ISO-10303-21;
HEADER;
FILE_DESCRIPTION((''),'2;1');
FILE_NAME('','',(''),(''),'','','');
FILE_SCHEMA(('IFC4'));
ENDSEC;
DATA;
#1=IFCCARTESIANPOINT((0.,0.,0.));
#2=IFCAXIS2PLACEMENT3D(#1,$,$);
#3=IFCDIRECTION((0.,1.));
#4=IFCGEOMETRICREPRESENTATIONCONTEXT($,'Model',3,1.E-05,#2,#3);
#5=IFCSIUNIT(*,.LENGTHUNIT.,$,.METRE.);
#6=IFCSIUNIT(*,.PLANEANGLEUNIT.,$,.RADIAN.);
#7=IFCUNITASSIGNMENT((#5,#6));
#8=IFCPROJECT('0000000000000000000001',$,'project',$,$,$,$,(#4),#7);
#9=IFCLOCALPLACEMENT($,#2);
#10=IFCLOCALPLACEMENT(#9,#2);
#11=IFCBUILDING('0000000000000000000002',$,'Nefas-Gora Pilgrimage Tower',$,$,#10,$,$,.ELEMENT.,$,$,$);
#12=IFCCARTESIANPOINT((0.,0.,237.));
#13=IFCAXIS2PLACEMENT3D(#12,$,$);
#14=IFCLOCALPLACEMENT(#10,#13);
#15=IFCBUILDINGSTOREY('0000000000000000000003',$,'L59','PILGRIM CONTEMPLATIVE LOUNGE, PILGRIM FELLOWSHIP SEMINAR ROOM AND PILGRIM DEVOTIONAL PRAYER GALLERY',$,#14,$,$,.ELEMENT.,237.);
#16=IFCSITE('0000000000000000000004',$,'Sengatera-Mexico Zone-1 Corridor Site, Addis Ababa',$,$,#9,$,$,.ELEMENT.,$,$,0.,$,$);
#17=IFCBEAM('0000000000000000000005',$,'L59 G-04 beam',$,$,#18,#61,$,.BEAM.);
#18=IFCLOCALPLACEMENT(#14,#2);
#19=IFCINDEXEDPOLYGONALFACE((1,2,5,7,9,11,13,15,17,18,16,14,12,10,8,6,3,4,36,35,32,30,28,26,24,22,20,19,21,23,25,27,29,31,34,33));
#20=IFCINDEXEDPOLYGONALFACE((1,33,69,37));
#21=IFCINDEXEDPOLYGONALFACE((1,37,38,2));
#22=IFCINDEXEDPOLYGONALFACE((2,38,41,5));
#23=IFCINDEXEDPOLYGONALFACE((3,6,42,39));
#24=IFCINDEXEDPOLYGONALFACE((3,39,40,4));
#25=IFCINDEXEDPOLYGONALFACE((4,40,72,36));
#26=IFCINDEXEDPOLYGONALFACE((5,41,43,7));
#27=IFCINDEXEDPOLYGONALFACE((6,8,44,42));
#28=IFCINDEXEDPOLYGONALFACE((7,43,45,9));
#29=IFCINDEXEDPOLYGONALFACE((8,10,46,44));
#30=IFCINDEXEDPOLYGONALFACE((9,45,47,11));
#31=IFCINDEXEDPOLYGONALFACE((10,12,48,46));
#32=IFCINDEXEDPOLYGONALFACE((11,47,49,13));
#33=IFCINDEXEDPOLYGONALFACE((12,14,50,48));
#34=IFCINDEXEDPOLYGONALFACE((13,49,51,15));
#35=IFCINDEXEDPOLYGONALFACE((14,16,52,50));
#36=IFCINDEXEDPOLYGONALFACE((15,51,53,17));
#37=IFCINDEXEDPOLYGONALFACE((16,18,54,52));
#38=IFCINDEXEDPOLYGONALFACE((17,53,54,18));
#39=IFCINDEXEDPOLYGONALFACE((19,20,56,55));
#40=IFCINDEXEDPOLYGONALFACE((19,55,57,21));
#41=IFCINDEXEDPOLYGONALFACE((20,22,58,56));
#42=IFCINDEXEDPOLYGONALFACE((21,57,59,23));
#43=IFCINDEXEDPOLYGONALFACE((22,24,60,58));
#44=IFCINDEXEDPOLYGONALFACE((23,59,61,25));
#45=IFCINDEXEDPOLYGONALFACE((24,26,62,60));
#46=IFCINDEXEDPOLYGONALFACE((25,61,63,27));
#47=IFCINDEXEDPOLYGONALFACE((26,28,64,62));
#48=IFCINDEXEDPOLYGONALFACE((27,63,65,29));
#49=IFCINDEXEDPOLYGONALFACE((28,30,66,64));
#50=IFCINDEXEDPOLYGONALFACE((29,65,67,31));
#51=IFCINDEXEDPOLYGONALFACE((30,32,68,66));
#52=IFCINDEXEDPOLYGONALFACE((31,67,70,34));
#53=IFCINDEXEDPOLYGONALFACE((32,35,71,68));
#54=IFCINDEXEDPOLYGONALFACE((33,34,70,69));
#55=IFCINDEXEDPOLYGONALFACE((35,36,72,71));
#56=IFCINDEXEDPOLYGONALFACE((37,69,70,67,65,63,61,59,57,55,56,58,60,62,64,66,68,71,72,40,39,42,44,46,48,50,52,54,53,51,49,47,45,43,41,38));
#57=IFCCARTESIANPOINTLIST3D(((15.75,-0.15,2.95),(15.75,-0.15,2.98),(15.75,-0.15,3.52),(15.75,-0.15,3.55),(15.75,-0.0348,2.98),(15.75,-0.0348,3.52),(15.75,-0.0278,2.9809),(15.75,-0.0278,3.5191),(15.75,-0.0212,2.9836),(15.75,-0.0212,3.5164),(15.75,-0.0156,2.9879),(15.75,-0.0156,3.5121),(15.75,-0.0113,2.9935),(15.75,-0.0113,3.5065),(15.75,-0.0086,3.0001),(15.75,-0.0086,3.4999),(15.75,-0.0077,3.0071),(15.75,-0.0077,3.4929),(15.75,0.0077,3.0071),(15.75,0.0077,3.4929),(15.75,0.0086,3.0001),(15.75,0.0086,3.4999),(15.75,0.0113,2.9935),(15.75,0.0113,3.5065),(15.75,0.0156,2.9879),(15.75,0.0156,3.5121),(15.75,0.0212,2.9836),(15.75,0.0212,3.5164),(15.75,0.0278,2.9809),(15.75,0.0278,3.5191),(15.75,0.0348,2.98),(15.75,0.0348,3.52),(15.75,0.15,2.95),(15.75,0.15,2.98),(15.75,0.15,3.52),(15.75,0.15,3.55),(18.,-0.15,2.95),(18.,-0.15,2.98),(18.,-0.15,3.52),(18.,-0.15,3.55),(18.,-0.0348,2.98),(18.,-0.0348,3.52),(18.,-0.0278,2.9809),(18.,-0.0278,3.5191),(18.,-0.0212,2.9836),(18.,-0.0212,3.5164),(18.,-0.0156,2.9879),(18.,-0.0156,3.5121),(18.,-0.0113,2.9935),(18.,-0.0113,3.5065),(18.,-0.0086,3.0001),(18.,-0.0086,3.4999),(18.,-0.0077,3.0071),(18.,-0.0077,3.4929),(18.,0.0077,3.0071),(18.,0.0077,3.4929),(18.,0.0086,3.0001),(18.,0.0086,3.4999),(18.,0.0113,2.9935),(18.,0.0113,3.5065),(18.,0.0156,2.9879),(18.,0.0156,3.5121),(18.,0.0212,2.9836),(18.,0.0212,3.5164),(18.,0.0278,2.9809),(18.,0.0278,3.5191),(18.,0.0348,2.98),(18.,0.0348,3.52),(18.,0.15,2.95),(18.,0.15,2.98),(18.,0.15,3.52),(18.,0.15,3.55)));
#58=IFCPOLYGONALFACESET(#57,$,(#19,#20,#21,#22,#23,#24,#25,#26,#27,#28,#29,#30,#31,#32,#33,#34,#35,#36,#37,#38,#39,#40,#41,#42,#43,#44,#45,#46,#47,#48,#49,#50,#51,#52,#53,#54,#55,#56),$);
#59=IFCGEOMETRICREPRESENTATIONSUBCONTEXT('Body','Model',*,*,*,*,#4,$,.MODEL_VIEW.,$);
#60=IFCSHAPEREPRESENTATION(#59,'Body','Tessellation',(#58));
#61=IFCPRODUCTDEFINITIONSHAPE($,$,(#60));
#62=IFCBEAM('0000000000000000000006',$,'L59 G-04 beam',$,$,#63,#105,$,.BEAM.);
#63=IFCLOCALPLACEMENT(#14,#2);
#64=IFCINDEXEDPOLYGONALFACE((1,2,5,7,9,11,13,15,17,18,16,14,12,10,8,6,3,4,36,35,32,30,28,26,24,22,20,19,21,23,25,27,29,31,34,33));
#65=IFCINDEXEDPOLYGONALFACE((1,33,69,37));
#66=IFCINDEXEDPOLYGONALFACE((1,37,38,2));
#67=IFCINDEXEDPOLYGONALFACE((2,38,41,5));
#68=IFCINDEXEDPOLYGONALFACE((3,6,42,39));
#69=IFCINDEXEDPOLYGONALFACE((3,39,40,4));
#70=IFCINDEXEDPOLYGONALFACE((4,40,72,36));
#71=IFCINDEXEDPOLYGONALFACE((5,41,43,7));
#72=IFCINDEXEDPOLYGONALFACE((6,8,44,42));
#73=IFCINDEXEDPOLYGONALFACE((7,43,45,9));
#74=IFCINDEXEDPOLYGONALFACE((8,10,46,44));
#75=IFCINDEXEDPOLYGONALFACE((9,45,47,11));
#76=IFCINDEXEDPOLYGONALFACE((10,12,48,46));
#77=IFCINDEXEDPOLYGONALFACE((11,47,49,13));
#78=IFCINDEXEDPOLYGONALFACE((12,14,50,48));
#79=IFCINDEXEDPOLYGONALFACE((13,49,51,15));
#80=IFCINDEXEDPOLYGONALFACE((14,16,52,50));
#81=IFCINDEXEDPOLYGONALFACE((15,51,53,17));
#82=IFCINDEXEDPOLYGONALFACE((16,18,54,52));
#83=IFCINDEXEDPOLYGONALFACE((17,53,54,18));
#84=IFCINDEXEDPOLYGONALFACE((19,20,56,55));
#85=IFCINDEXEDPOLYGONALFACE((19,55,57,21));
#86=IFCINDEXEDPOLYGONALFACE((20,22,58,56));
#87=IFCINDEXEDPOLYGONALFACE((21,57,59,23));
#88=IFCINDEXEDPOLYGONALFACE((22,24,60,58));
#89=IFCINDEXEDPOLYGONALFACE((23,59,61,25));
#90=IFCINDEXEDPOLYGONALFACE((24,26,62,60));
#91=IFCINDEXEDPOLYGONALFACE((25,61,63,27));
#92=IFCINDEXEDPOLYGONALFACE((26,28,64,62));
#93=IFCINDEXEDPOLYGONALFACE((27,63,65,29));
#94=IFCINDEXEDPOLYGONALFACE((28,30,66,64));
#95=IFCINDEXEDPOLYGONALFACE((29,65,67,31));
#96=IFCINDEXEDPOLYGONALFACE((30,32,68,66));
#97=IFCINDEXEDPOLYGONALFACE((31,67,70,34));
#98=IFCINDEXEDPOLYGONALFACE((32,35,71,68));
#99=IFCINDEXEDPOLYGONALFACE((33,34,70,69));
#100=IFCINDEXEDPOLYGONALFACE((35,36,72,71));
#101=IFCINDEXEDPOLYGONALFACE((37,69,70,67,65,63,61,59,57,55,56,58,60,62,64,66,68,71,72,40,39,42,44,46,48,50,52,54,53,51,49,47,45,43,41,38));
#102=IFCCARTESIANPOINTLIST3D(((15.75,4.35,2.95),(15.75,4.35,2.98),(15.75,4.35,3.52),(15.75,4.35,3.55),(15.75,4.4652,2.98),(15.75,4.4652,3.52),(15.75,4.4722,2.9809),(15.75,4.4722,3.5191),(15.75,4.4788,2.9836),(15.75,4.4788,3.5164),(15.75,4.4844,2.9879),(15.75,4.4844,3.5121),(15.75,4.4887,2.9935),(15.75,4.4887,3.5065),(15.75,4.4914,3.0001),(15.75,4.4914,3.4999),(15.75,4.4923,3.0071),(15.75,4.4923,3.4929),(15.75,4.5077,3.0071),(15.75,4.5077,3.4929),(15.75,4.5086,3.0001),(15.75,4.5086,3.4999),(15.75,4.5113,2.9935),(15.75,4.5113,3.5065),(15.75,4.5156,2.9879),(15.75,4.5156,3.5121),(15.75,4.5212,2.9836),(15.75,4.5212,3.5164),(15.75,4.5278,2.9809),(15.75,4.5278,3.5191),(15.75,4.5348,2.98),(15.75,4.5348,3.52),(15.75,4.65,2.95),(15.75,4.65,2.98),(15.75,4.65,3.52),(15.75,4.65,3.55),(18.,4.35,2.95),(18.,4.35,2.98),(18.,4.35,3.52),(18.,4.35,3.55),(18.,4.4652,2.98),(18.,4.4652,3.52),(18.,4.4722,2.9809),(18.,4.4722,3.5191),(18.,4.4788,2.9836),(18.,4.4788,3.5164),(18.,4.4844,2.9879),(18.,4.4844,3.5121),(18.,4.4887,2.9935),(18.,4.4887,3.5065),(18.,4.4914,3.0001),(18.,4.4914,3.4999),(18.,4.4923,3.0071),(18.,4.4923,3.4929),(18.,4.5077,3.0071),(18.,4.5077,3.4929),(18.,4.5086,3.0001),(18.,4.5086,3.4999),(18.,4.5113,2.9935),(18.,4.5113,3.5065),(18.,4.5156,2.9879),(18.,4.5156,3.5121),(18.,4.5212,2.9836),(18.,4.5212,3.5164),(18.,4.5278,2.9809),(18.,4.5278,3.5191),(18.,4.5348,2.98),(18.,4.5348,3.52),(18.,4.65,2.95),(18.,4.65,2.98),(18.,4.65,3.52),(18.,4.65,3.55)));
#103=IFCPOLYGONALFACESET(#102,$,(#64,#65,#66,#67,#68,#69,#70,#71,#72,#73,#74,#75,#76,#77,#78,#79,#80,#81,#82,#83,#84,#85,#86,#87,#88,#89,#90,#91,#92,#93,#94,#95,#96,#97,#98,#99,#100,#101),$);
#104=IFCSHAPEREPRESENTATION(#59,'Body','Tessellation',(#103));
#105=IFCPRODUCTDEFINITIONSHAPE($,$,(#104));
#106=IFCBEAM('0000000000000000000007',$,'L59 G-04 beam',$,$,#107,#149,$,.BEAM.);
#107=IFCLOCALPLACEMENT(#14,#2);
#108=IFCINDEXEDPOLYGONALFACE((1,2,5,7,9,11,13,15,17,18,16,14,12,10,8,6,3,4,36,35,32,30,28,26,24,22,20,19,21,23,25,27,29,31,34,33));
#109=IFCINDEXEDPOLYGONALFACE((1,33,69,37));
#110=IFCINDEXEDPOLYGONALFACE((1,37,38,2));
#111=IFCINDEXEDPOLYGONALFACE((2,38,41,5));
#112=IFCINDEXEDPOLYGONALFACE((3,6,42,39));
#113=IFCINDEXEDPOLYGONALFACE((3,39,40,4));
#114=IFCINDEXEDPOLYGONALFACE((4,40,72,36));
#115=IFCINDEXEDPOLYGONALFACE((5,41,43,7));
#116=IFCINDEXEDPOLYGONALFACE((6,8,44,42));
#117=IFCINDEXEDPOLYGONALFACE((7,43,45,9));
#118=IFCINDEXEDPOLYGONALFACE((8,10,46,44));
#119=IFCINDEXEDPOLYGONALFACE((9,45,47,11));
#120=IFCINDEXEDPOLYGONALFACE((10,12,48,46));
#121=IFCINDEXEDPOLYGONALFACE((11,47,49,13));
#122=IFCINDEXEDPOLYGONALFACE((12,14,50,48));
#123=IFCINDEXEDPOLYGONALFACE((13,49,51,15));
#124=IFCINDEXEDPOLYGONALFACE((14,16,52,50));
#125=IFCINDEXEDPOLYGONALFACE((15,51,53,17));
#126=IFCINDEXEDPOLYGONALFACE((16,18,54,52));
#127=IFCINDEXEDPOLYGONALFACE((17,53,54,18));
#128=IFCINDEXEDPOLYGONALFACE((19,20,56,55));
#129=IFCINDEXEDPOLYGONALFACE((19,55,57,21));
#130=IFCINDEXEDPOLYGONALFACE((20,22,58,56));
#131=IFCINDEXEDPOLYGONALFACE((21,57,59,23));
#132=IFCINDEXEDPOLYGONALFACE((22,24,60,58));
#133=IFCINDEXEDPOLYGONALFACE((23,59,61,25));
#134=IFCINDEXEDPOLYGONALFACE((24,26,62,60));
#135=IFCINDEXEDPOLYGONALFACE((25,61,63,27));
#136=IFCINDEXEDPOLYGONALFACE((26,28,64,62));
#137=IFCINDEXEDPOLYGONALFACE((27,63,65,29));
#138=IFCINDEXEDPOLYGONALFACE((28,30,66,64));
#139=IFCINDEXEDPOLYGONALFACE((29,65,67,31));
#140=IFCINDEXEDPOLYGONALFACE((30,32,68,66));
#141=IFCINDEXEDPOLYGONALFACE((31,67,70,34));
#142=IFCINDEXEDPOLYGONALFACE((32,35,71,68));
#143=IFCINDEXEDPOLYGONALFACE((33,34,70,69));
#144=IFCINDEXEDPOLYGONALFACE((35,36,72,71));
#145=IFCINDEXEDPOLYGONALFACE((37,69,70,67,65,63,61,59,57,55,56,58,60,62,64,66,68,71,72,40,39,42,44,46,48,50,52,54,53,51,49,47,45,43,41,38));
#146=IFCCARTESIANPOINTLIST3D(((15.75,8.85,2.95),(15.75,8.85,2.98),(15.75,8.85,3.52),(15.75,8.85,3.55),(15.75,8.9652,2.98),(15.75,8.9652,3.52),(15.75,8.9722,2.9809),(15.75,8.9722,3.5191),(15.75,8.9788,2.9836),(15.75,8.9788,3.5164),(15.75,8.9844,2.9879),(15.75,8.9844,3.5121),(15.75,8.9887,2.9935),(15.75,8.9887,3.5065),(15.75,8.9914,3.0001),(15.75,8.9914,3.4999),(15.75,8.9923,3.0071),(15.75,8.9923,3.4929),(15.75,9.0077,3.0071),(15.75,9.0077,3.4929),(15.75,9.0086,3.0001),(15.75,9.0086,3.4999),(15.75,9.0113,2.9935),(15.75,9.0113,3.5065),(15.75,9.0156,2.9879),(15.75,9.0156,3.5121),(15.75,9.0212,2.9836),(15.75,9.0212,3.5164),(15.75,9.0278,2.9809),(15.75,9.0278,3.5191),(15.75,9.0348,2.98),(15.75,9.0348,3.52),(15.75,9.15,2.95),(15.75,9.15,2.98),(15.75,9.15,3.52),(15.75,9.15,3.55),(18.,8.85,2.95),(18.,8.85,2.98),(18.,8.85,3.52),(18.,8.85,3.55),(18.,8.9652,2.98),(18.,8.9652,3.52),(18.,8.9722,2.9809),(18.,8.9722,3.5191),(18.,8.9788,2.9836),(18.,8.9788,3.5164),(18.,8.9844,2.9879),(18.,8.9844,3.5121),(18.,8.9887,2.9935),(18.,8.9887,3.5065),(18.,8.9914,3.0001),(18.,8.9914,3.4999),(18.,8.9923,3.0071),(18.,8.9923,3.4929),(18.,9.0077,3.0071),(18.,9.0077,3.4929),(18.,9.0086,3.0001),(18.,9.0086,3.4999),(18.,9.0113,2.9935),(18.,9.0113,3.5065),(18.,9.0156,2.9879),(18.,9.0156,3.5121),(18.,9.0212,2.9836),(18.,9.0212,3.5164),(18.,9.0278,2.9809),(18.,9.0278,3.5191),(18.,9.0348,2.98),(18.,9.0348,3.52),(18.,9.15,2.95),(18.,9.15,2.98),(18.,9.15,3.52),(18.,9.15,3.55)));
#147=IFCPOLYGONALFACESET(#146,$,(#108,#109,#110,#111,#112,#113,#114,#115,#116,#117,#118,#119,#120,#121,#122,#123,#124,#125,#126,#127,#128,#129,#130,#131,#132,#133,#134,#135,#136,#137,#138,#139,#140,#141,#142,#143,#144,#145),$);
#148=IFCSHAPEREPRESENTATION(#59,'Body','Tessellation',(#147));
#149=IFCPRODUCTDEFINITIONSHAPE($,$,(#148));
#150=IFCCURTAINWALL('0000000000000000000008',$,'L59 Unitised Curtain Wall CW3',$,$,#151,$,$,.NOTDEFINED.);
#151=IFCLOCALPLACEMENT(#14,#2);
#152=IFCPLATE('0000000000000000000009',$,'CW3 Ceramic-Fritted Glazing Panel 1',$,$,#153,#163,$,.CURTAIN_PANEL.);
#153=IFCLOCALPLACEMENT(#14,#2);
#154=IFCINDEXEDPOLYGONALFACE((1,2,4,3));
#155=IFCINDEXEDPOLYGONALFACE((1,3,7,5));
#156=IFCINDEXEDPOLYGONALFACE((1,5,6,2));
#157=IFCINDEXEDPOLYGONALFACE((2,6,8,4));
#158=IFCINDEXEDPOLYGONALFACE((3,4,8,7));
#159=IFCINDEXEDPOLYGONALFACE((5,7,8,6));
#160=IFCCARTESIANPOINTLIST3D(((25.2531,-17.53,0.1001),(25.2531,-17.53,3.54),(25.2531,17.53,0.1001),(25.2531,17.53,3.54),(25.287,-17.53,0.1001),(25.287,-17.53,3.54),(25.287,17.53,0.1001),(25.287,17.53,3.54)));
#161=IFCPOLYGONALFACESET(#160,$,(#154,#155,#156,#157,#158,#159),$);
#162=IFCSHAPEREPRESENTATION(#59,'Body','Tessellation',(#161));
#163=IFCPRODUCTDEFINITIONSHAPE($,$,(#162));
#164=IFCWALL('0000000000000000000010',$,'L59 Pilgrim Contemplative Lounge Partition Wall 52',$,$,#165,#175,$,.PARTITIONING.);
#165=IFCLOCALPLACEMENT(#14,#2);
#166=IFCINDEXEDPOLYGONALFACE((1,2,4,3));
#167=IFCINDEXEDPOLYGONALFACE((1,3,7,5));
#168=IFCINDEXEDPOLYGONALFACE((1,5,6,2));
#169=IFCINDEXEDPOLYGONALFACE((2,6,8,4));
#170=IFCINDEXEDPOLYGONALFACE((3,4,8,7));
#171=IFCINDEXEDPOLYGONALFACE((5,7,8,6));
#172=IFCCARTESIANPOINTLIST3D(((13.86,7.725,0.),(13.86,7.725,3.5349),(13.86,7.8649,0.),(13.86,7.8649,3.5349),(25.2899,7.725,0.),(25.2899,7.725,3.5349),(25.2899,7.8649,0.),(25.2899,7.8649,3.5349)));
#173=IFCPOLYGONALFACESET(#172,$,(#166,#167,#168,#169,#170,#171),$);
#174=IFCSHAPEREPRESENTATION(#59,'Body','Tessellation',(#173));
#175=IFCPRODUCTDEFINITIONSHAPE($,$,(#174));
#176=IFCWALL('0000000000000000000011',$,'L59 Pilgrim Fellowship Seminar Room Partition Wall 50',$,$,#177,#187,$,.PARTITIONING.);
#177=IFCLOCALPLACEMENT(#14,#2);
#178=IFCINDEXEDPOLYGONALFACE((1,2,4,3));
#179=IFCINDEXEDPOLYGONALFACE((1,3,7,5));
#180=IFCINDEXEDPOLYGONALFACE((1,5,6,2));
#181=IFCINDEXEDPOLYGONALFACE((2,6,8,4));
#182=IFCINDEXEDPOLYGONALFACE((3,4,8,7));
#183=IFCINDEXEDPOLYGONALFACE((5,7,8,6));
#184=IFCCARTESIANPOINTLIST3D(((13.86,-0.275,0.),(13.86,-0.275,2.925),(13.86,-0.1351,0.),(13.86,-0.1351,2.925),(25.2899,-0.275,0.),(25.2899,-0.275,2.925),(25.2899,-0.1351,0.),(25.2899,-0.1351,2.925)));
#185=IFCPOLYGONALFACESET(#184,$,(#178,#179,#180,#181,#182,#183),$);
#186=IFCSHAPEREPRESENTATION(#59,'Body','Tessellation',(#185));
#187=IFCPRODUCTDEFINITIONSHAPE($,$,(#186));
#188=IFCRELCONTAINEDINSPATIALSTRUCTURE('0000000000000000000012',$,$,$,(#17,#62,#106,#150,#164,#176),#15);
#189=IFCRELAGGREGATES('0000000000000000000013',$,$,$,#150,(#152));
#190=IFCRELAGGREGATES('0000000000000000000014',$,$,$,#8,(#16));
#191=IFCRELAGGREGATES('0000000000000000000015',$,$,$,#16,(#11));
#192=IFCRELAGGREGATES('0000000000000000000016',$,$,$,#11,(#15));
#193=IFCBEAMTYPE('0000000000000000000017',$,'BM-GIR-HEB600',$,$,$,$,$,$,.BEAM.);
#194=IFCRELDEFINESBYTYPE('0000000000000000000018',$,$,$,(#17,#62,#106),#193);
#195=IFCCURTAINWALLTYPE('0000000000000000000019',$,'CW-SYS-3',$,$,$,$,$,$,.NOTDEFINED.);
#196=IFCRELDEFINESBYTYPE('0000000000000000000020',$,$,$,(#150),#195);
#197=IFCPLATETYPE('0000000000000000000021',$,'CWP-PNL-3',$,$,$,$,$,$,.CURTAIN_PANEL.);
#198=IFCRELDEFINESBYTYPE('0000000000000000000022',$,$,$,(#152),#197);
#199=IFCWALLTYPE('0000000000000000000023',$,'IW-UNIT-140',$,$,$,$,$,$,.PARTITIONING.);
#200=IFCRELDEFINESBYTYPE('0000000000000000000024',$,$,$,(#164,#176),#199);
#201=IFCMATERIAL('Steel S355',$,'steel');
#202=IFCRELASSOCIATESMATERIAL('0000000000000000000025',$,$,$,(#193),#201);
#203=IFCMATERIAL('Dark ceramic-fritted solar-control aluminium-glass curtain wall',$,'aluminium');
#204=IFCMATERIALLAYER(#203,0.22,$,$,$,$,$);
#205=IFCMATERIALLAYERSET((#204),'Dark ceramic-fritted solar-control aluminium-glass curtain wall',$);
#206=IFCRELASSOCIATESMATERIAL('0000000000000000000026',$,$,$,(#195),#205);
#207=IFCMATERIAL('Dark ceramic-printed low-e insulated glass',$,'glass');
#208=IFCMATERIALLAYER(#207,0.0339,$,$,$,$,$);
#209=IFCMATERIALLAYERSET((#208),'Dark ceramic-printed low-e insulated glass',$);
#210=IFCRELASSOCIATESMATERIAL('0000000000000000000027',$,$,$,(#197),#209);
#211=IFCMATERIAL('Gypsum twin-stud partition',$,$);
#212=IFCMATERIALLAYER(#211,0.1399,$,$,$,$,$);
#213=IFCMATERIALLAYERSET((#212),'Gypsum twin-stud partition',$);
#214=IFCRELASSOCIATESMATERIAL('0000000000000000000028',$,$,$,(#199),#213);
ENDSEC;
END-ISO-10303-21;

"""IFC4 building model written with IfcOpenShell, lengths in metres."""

from ifc_helpers import new_model, si_unit, direction, frame, frame_2d, origin, origin_2d, place, context, subcontext, project, spatial, rectangle, i_section, extrude, source, transform, mapped, material, layer, layer_set, material_profile, profile_set, type_object, element, aggregate, save


model = new_model("IFC4")

# Units and contexts
model_context = context("Model", 3, precision=1e-05, world=origin(), true_north=direction((0.0, 1.0)))
body_context = subcontext(model_context, "Body", "Model", "MODEL_VIEW")
ifc_project = project(units=[si_unit("LENGTHUNIT", "METRE"), si_unit("PLANEANGLEUNIT", "RADIAN")], contexts=[model_context])

# Site, building, storey
site_placement = place(None, origin())
site = spatial("IfcSite", under=ifc_project, at=site_placement, Name="Sengatera-Mexico Zone-1 Corridor Site, Addis Ababa", CompositionType="ELEMENT", RefElevation=0.0)
building_placement = place(site_placement, origin())
building = spatial("IfcBuilding", under=site, at=building_placement, Name="Nefas-Gora Pilgrimage Tower", CompositionType="ELEMENT")
storey_placement = place(building_placement, frame((0.0, 0.0, 237.0)))
storey = spatial("IfcBuildingStorey", under=building, at=storey_placement, Name="L59", Description="PILGRIM CONTEMPLATIVE LOUNGE, PILGRIM FELLOWSHIP SEMINAR ROOM AND PILGRIM DEVOTIONAL PRAYER GALLERY", CompositionType="ELEMENT", Elevation=237.0)

# Beams
ifc_material_1 = material(Name="Steel S355", Category="steel")
ifc_material_profile_1 = material_profile(ifc_material_1, i_section(OverallWidth=0.3, OverallDepth=0.6001, WebThickness=0.0154, FlangeThickness=0.03, FilletRadius=0.0271, at=origin_2d()), Name="HEB 600")
ifc_profile_set_1 = profile_set([ifc_material_profile_1], Name="Steel S355")
beam_type_1 = type_object("IfcBeamType", Name="BM-GIR-HEB600", PredefinedType="BEAM", material=ifc_profile_set_1)
shared_shape_1 = source(origin(), body_context, "Body", "SweptSolid", [
    extrude(i_section(OverallWidth=0.3, OverallDepth=0.6001, WebThickness=0.0154, FlangeThickness=0.03, FilletRadius=0.0271, at=origin_2d()), origin(), (0.0, 0.0, 1.0), 2.25),
])
for number, where, z_axis, x_axis, name in (
    (1, (15.75, 0.0, 3.25), (1.0, 0.0, 0.0), (0.0, 1.0, 0.0), "L59 G-04 beam"),
    (2, (15.75, 4.5, 3.25), (1.0, 0.0, 0.0), (0.0, 1.0, 0.0), "L59 G-04 beam"),
    (3, (15.75, 9.0, 3.25), (1.0, 0.0, 0.0), (0.0, 1.0, 0.0), "L59 G-04 beam"),
):
    element("IfcBeam", number, at=place(storey_placement, frame(where, z_axis=z_axis, x_axis=x_axis)), inside=storey, type_object=beam_type_1, Name=name, PredefinedType="BEAM", context=body_context, shape_type="MappedRepresentation", body=[
        mapped(shared_shape_1, transform((0.0, 0.0, 0.0), x_axis=(1.0, 0.0, 0.0), y_axis=(0.0, 1.0, 0.0), z_axis=(0.0, 0.0, 1.0), scale=1.0)),
    ])

# Curtain wall, plate
ifc_material_2 = material(Name="Dark ceramic-fritted solar-control aluminium-glass curtain wall", Category="aluminium")
ifc_layer_1 = layer(ifc_material_2, 0.22)
ifc_layer_set_1 = layer_set([ifc_layer_1], Name="Dark ceramic-fritted solar-control aluminium-glass curtain wall")
curtain_wall_type = type_object("IfcCurtainWallType", Name="CW-SYS-3", PredefinedType="NOTDEFINED", material=ifc_layer_set_1)
curtain_wall_placement = place(storey_placement, origin())
curtain_wall = element("IfcCurtainWall", 4, at=curtain_wall_placement, inside=storey, type_object=curtain_wall_type, Name="L59 Unitised Curtain Wall CW3", PredefinedType="NOTDEFINED")
ifc_material_3 = material(Name="Dark ceramic-printed low-e insulated glass", Category="glass")
ifc_layer_2 = layer(ifc_material_3, 0.0339)
ifc_layer_set_2 = layer_set([ifc_layer_2], Name="Dark ceramic-printed low-e insulated glass")
plate_type = type_object("IfcPlateType", Name="CWP-PNL-3", PredefinedType="CURTAIN_PANEL", material=ifc_layer_set_2)
shared_shape_2 = source(origin(), body_context, "Body", "SweptSolid", [
    extrude(rectangle(XDim=35.0601, YDim=0.0339, at=origin_2d()), origin(), (0.0, 0.0, 1.0), 3.4399),
])
plate_placement = place(storey_placement, frame((25.27, 0.0, 0.1001), z_axis=(0.0, 0.0, 1.0), x_axis=(0.0, 1.0, 0.0)))
plate = element("IfcPlate", 5, at=plate_placement, type_object=plate_type, Name="CW3 Ceramic-Fritted Glazing Panel 1", PredefinedType="CURTAIN_PANEL", context=body_context, shape_type="MappedRepresentation", body=[
    mapped(shared_shape_2, transform((0.0, 0.0, 0.0), x_axis=(1.0, 0.0, 0.0), y_axis=(0.0, 1.0, 0.0), z_axis=(0.0, 0.0, 1.0), scale=1.0)),
])
aggregate(curtain_wall, [plate])

# Walls
ifc_material_4 = material(Name="Gypsum twin-stud partition")
ifc_layer_3 = layer(ifc_material_4, 0.1399)
ifc_layer_set_3 = layer_set([ifc_layer_3], Name="Gypsum twin-stud partition")
wall_type_1 = type_object("IfcWallType", Name="IW-UNIT-140", PredefinedType="PARTITIONING", material=ifc_layer_set_3)
shared_shape_3 = source(origin(), body_context, "Body", "SweptSolid", [
    extrude(rectangle(XDim=11.4299, YDim=0.1399, at=frame_2d((5.7148, 0.0))), origin(), (0.0, 0.0, 1.0), 3.5349),
])
wall_1_placement = place(storey_placement, frame((13.8601, 7.7949, 0.0), z_axis=(0.0, 0.0, 1.0), x_axis=(1.0, 0.0, 0.0)))
element("IfcWall", 6, at=wall_1_placement, inside=storey, type_object=wall_type_1, Name="L59 Pilgrim Contemplative Lounge Partition Wall 52", PredefinedType="PARTITIONING", context=body_context, shape_type="MappedRepresentation", body=[
    mapped(shared_shape_3, transform((0.0, 0.0, 0.0), x_axis=(1.0, 0.0, 0.0), y_axis=(0.0, 1.0, 0.0), z_axis=(0.0, 0.0, 1.0), scale=1.0)),
])
shared_shape_4 = source(origin(), body_context, "Body", "SweptSolid", [
    extrude(rectangle(XDim=11.4299, YDim=0.1399, at=frame_2d((5.7148, 0.0))), origin(), (0.0, 0.0, 1.0), 2.925),
])
wall_2_placement = place(storey_placement, frame((13.8601, -0.2051, 0.0), z_axis=(0.0, 0.0, 1.0), x_axis=(1.0, 0.0, 0.0)))
element("IfcWall", 7, at=wall_2_placement, inside=storey, type_object=wall_type_1, Name="L59 Pilgrim Fellowship Seminar Room Partition Wall 50", PredefinedType="PARTITIONING", context=body_context, shape_type="MappedRepresentation", body=[
    mapped(shared_shape_4, transform((0.0, 0.0, 0.0), x_axis=(1.0, 0.0, 0.0), y_axis=(0.0, 1.0, 0.0), z_axis=(0.0, 0.0, 1.0), scale=1.0)),
])

save(model, "model.ifc")
